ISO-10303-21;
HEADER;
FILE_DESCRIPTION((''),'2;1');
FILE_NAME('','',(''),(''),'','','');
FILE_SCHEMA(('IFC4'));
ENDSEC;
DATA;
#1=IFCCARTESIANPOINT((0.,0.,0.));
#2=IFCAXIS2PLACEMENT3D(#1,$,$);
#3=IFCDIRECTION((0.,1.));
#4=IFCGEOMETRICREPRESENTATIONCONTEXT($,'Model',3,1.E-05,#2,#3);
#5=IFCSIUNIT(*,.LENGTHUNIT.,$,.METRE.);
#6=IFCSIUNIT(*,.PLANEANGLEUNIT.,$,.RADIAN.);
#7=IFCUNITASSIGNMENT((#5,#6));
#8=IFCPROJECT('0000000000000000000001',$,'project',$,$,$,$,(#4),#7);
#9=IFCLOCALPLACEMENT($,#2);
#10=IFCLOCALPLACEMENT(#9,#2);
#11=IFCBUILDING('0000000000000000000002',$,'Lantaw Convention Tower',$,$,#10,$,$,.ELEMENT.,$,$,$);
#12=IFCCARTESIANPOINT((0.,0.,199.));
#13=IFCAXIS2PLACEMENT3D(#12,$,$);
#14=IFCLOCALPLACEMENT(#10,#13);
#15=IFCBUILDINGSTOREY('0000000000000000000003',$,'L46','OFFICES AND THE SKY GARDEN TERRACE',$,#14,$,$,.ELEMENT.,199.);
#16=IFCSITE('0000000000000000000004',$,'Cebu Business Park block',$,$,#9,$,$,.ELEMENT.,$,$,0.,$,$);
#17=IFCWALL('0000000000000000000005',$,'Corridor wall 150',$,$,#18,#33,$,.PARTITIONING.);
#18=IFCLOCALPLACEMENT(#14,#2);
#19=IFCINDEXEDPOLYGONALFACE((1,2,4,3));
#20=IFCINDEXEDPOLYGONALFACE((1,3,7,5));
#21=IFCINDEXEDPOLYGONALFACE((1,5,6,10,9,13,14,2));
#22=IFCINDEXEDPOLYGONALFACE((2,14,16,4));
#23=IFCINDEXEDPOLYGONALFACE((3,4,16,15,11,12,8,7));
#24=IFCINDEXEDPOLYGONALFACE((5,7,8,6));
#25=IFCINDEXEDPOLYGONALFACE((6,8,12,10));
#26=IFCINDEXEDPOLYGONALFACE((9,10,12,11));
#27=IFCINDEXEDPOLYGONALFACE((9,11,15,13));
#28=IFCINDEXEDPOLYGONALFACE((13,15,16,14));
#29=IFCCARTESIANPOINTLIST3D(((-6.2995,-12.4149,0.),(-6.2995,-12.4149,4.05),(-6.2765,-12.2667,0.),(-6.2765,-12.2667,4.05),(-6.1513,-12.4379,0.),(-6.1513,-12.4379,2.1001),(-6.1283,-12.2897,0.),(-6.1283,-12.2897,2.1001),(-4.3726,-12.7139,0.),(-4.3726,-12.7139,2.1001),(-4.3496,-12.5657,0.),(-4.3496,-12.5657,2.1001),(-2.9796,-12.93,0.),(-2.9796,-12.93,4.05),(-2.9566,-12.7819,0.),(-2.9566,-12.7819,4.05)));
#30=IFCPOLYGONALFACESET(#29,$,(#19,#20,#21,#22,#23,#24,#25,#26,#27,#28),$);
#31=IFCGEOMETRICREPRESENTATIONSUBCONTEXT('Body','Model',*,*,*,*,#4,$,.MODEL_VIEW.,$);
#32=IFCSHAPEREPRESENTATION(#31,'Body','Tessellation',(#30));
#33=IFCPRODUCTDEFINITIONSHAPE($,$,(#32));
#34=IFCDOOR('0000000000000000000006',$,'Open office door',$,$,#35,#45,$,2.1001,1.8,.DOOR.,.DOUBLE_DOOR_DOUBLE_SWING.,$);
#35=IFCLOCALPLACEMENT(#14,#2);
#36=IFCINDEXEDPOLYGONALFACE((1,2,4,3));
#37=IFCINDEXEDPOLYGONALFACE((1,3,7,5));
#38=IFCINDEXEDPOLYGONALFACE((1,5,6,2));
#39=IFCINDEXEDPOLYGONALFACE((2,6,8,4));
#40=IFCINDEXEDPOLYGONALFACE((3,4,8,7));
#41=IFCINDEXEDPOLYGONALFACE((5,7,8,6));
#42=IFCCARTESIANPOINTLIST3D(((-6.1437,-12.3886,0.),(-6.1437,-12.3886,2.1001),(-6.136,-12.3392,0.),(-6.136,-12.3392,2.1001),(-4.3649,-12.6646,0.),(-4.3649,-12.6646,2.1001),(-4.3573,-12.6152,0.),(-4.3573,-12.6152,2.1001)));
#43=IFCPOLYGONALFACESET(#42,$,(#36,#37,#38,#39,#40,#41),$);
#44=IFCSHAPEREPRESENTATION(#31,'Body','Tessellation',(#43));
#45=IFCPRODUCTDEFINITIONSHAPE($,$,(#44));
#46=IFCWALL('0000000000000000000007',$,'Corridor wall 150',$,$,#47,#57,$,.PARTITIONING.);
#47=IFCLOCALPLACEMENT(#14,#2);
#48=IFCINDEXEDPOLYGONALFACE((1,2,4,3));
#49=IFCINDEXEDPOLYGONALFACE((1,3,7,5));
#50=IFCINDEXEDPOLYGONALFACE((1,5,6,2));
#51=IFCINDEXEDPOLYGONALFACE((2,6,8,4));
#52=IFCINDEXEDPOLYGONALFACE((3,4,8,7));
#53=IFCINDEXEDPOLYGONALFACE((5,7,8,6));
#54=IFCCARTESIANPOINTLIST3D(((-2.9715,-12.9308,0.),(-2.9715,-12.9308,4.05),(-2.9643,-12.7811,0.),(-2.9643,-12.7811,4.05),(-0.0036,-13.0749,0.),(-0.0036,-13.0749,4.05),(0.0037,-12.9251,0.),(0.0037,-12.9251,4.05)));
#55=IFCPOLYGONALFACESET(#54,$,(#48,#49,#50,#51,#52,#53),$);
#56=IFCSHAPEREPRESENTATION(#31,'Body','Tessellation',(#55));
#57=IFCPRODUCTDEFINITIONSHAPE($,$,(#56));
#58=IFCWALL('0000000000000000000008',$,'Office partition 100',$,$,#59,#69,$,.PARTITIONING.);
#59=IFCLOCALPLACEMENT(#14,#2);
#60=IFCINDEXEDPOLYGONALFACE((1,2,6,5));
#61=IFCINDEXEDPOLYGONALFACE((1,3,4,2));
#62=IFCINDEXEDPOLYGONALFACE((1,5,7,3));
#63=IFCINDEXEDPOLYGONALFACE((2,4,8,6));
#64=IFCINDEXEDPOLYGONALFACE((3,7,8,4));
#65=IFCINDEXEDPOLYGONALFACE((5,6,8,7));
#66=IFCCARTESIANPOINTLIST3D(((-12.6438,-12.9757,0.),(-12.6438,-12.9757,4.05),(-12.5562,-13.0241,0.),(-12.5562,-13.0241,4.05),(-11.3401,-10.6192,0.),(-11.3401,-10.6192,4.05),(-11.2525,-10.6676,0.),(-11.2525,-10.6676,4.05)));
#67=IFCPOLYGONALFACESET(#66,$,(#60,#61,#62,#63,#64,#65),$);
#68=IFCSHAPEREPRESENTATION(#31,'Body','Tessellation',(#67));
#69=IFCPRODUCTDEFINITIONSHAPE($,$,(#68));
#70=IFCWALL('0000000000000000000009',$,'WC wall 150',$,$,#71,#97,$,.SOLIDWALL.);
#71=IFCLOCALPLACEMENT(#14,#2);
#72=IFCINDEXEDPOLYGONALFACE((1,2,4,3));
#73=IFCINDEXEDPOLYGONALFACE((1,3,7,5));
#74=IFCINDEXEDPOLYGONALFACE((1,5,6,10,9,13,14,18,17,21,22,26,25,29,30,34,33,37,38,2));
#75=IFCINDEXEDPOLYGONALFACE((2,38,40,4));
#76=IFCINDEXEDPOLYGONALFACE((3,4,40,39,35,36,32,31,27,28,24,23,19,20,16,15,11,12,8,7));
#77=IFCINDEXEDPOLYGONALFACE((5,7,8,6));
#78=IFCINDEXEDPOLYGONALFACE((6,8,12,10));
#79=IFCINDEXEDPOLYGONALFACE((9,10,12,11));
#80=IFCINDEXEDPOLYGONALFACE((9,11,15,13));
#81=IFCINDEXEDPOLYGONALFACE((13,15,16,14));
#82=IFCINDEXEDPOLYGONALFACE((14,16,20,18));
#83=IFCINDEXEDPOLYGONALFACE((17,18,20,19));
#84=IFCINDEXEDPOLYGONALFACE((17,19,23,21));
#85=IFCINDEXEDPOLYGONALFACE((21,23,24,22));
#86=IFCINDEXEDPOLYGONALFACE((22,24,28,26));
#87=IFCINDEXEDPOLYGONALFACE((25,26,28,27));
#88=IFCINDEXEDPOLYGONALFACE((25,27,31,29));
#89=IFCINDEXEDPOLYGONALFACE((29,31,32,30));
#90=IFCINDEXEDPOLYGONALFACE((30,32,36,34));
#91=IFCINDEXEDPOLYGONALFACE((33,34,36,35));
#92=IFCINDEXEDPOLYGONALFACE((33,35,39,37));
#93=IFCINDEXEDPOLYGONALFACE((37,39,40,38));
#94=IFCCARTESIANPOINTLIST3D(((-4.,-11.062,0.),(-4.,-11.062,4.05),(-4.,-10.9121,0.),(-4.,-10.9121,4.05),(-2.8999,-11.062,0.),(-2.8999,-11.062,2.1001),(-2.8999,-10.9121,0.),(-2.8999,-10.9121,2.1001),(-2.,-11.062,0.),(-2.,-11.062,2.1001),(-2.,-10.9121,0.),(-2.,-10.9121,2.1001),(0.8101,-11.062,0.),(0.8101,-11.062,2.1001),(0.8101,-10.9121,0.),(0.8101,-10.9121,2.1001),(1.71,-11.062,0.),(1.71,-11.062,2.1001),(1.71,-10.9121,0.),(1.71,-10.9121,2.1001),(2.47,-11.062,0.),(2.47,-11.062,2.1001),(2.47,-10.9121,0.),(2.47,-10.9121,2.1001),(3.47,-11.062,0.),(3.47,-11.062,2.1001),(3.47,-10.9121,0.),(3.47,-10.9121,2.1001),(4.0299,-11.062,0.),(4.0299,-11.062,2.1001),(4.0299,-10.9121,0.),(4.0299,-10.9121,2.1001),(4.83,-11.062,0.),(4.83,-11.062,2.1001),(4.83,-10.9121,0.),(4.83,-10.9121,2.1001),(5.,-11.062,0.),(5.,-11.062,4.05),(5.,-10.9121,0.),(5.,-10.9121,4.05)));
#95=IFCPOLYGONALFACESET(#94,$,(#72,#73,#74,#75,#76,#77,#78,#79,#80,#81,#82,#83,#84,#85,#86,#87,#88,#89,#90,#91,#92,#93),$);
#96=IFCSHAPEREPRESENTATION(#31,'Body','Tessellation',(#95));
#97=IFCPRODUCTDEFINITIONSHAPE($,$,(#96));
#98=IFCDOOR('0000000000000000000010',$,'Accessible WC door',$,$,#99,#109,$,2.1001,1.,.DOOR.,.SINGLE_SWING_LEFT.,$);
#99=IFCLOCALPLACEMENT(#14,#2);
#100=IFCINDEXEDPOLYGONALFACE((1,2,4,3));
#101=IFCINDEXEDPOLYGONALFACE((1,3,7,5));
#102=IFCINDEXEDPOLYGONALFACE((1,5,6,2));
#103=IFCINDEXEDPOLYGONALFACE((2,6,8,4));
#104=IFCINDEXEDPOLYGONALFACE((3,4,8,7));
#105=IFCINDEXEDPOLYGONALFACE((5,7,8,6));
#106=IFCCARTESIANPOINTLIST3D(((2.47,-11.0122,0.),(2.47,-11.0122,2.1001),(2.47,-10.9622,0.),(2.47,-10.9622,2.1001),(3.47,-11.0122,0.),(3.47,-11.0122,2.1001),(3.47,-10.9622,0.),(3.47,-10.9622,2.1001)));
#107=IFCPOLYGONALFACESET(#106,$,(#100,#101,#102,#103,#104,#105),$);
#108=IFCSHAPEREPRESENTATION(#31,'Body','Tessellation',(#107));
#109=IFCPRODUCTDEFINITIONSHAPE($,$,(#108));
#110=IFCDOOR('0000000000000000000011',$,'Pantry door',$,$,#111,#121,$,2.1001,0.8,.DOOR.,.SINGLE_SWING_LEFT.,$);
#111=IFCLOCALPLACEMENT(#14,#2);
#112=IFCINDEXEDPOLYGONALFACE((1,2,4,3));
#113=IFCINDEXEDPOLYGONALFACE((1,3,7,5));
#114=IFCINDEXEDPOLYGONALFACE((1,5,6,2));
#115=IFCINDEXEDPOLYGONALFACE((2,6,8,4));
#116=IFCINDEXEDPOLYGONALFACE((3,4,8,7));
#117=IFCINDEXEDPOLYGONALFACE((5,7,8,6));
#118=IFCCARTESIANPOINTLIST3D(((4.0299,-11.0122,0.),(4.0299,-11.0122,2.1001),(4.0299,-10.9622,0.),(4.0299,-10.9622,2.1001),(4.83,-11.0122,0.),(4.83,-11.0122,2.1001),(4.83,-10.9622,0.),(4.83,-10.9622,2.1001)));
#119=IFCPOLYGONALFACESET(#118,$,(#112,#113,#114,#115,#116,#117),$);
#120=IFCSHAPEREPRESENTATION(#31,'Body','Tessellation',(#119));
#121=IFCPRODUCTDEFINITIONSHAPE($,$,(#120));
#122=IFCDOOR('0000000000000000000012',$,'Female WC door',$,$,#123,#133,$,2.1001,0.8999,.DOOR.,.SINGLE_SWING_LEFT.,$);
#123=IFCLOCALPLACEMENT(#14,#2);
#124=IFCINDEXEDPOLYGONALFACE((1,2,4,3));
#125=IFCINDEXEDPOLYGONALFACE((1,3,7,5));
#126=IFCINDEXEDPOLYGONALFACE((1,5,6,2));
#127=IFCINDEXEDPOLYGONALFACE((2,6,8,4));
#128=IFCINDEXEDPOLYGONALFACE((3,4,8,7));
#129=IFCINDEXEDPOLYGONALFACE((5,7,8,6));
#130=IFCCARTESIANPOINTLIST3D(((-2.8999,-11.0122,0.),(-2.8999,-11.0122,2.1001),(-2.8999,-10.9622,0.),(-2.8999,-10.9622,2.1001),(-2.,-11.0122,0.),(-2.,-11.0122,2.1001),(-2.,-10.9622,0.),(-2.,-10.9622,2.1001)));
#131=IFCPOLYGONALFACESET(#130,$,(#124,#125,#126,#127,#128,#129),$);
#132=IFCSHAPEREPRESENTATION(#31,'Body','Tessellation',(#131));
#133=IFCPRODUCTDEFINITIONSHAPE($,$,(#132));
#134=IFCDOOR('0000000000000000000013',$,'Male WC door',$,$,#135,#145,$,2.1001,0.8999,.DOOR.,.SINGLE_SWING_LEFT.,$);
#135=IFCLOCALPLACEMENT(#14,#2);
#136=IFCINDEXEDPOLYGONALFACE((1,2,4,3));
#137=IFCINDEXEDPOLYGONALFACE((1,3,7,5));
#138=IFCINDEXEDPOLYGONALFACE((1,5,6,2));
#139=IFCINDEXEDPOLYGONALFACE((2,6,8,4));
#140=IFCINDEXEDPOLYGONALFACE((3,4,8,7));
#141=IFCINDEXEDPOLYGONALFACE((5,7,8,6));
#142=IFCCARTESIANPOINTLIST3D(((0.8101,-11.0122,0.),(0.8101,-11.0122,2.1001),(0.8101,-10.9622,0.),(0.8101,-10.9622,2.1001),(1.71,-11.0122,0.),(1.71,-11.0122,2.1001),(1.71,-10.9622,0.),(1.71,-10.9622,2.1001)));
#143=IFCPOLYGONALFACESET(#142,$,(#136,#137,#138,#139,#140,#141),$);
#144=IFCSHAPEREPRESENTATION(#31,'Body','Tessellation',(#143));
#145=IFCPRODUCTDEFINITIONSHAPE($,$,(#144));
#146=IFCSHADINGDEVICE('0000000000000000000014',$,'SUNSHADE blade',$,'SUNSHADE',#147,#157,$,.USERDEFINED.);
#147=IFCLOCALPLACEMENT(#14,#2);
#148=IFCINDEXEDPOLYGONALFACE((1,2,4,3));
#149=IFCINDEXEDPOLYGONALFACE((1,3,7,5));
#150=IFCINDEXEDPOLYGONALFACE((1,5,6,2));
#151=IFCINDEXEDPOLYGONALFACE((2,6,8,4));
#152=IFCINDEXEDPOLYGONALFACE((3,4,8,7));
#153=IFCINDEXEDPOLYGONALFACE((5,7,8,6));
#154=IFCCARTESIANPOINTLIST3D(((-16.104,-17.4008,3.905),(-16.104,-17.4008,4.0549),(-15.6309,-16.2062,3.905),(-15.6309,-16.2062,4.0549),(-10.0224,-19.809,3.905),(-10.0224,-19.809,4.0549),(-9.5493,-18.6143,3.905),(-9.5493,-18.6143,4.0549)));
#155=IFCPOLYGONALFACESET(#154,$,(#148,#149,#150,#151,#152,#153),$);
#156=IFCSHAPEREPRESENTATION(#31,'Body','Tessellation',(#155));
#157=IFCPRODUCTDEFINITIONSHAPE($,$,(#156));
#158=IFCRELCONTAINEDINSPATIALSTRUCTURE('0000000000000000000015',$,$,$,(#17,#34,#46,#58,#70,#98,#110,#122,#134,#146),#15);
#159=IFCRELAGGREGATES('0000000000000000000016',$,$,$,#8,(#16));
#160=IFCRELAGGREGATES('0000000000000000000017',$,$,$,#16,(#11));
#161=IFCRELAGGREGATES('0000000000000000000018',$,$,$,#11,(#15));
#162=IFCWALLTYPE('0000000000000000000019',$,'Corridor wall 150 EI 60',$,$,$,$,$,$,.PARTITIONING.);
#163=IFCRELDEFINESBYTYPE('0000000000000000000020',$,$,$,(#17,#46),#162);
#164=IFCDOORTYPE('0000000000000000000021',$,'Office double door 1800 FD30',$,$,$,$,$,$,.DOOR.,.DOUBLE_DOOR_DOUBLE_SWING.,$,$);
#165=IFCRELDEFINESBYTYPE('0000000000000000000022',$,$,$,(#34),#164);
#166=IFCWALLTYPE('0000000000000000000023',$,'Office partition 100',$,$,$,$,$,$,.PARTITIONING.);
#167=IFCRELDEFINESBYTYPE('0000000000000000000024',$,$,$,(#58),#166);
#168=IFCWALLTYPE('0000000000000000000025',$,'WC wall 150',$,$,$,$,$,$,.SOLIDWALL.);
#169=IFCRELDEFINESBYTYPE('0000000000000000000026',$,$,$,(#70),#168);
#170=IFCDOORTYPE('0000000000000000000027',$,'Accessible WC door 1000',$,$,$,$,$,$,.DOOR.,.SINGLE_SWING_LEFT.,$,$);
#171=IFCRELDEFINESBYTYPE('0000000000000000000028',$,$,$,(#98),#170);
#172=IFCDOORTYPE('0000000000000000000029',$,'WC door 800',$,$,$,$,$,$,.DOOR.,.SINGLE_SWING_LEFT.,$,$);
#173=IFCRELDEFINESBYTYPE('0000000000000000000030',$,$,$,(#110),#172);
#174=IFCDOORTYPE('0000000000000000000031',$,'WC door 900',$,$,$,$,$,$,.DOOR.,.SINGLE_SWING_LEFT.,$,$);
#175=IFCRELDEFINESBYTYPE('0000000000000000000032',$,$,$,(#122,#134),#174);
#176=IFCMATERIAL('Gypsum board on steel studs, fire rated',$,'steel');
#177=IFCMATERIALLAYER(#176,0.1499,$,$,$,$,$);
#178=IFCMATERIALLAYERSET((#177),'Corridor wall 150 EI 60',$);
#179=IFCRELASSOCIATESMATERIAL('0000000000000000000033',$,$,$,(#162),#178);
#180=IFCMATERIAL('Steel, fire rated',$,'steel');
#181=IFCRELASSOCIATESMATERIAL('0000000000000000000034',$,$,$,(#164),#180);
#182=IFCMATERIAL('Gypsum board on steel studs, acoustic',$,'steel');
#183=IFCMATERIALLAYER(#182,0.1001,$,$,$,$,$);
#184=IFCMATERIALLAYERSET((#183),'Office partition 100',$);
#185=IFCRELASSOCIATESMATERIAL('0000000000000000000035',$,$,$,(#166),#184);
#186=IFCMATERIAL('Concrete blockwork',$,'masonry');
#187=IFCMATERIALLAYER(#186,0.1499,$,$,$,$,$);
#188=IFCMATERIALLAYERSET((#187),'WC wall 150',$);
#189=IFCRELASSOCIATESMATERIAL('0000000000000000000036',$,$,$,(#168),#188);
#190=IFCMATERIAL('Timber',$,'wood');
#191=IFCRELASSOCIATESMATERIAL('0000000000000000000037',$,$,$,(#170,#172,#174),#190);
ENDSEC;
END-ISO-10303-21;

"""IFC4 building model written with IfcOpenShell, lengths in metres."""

from ifc_helpers import new_model, si_unit, direction, frame, frame_2d, origin, origin_2d, place, context, subcontext, project, spatial, rectangle, extrude, material, layer, layer_set, type_object, element, fill, save


model = new_model("IFC4")

# Units and contexts
model_context = context("Model", 3, precision=1e-05, world=origin(), true_north=direction((0.0, 1.0)))
body_context = subcontext(model_context, "Body", "Model", "MODEL_VIEW")
ifc_project = project(units=[si_unit("LENGTHUNIT", "METRE"), si_unit("PLANEANGLEUNIT", "RADIAN")], contexts=[model_context])

# Site, building, storey
site_placement = place(None, origin())
site = spatial("IfcSite", under=ifc_project, at=site_placement, Name="Cebu Business Park block", CompositionType="ELEMENT", RefElevation=0.0)
building_placement = place(site_placement, origin())
building = spatial("IfcBuilding", under=site, at=building_placement, Name="Lantaw Convention Tower", CompositionType="ELEMENT")
storey_placement = place(building_placement, frame((0.0, 0.0, 199.0)))
storey = spatial("IfcBuildingStorey", under=building, at=storey_placement, Name="L46", Description="OFFICES AND THE SKY GARDEN TERRACE", CompositionType="ELEMENT", Elevation=199.0)

# Shared definitions
ifc_material_1 = material(Name="Gypsum board on steel studs, fire rated", Category="steel")
ifc_layer_1 = layer(ifc_material_1, 0.1499)
ifc_layer_set_1 = layer_set([ifc_layer_1], Name="Corridor wall 150 EI 60")
wall_type_1 = type_object("IfcWallType", Name="Corridor wall 150 EI 60", PredefinedType="PARTITIONING", material=ifc_layer_set_1)

# Wall, opening, door
wall_1_placement = place(storey_placement, frame((-6.2878, -12.3408, 0.0), z_axis=(0.0, 0.0, 1.0), x_axis=(0.988174, -0.153335, 0.0)))
wall_1 = element("IfcWall", 1, at=wall_1_placement, inside=storey, type_object=wall_type_1, Name="Corridor wall 150", PredefinedType="PARTITIONING", context=body_context, shape_type="SweptSolid", body=[
    extrude(rectangle(XDim=3.3596, YDim=0.1499, at=frame_2d((1.6797, 0.0))), origin(), (0.0, 0.0, 1.0), 4.05),
])
opening_1_placement = place(wall_1_placement, frame((0.1499, 0.0, 0.0)))
opening_1 = element("IfcOpeningElement", 2, at=opening_1_placement, cuts=wall_1, PredefinedType="OPENING", context=body_context, shape_type="SweptSolid", body=[
    extrude(rectangle(XDim=1.8, YDim=2.1001, at=frame_2d((0.8999, 1.05))), frame((0.0, 0.085, 0.0), z_axis=(0.0, -1.0, 0.0), x_axis=(1.0, 0.0, 0.0)), (0.0, 0.0, 1.0), 0.1699),
])
ifc_material_2 = material(Name="Steel, fire rated", Category="steel")
door_type_1 = type_object("IfcDoorType", Name="Office double door 1800 FD30", OperationType="DOUBLE_DOOR_DOUBLE_SWING", PredefinedType="DOOR", material=ifc_material_2)
door_1_placement = place(opening_1_placement, origin())
door_1 = element("IfcDoor", 3, at=door_1_placement, inside=storey, type_object=door_type_1, Name="Open office door", OperationType="DOUBLE_DOOR_DOUBLE_SWING", OverallHeight=2.1001, OverallWidth=1.8, PredefinedType="DOOR", context=body_context, shape_type="SweptSolid", body=[
    extrude(rectangle(XDim=1.8, YDim=2.1001, at=frame_2d((0.8999, 1.05))), frame((0.0, 0.0249, 0.0), z_axis=(0.0, -1.0, 0.0), x_axis=(1.0, 0.0, 0.0)), (0.0, 0.0, 1.0), 0.05),
])
fill(opening_1, door_1)

# Walls
wall_2_placement = place(storey_placement, frame((-2.968, -12.856, 0.0), z_axis=(0.0, 0.0, 1.0), x_axis=(0.998824, -0.048475, 0.0)))
element("IfcWall", 4, at=wall_2_placement, inside=storey, type_object=wall_type_1, Name="Corridor wall 150", PredefinedType="PARTITIONING", context=body_context, shape_type="SweptSolid", body=[
    extrude(rectangle(XDim=2.9714, YDim=0.1499, at=frame_2d((1.4858, 0.0))), origin(), (0.0, 0.0, 1.0), 4.05),
])
ifc_material_3 = material(Name="Gypsum board on steel studs, acoustic", Category="steel")
ifc_layer_2 = layer(ifc_material_3, 0.1001)
ifc_layer_set_2 = layer_set([ifc_layer_2], Name="Office partition 100")
wall_type_2 = type_object("IfcWallType", Name="Office partition 100", PredefinedType="PARTITIONING", material=ifc_layer_set_2)
wall_3_placement = place(storey_placement, frame((-12.6001, -13.0, 0.0), z_axis=(0.0, 0.0, 1.0), x_axis=(0.484103, 0.875011, 0.0)))
element("IfcWall", 5, at=wall_3_placement, inside=storey, type_object=wall_type_2, Name="Office partition 100", PredefinedType="PARTITIONING", context=body_context, shape_type="SweptSolid", body=[
    extrude(rectangle(XDim=2.6931, YDim=0.1001, at=frame_2d((1.3467, 0.0))), origin(), (0.0, 0.0, 1.0), 4.05),
])

# Wall, openings, doors
ifc_material_4 = material(Name="Concrete blockwork", Category="masonry")
ifc_layer_3 = layer(ifc_material_4, 0.1499)
ifc_layer_set_3 = layer_set([ifc_layer_3], Name="WC wall 150")
wall_type_3 = type_object("IfcWallType", Name="WC wall 150", PredefinedType="SOLIDWALL", material=ifc_layer_set_3)
wall_4_placement = place(storey_placement, frame((-4.0, -10.9871, 0.0), z_axis=(0.0, 0.0, 1.0), x_axis=(1.0, 0.0, 0.0)))
wall_4 = element("IfcWall", 6, at=wall_4_placement, inside=storey, type_object=wall_type_3, Name="WC wall 150", PredefinedType="SOLIDWALL", context=body_context, shape_type="SweptSolid", body=[
    extrude(rectangle(XDim=9.0, YDim=0.1499, at=frame_2d((4.5, 0.0))), origin(), (0.0, 0.0, 1.0), 4.05),
])
opening_2_placement = place(wall_4_placement, frame((1.1001, 0.0, 0.0)))
opening_2 = element("IfcOpeningElement", 7, at=opening_2_placement, cuts=wall_4, PredefinedType="OPENING", context=body_context, shape_type="SweptSolid", body=[
    extrude(rectangle(XDim=0.8999, YDim=2.1001, at=frame_2d((0.45, 1.05))), frame((0.0, 0.085, 0.0), z_axis=(0.0, -1.0, 0.0), x_axis=(1.0, 0.0, 0.0)), (0.0, 0.0, 1.0), 0.1699),
])
opening_3_placement = place(wall_4_placement, frame((4.8101, 0.0, 0.0)))
opening_3 = element("IfcOpeningElement", 8, at=opening_3_placement, cuts=wall_4, PredefinedType="OPENING", context=body_context, shape_type="SweptSolid", body=[
    extrude(rectangle(XDim=0.8999, YDim=2.1001, at=frame_2d((0.45, 1.05))), frame((0.0, 0.085, 0.0), z_axis=(0.0, -1.0, 0.0), x_axis=(1.0, 0.0, 0.0)), (0.0, 0.0, 1.0), 0.1699),
])
opening_4_placement = place(wall_4_placement, frame((6.47, 0.0, 0.0)))
opening_4 = element("IfcOpeningElement", 9, at=opening_4_placement, cuts=wall_4, PredefinedType="OPENING", context=body_context, shape_type="SweptSolid", body=[
    extrude(rectangle(XDim=1.0, YDim=2.1001, at=frame_2d((0.5, 1.05))), frame((0.0, 0.085, 0.0), z_axis=(0.0, -1.0, 0.0), x_axis=(1.0, 0.0, 0.0)), (0.0, 0.0, 1.0), 0.1699),
])
opening_5_placement = place(wall_4_placement, frame((8.03, 0.0, 0.0)))
opening_5 = element("IfcOpeningElement", 10, at=opening_5_placement, cuts=wall_4, PredefinedType="OPENING", context=body_context, shape_type="SweptSolid", body=[
    extrude(rectangle(XDim=0.8, YDim=2.1001, at=frame_2d((0.3999, 1.05))), frame((0.0, 0.085, 0.0), z_axis=(0.0, -1.0, 0.0), x_axis=(1.0, 0.0, 0.0)), (0.0, 0.0, 1.0), 0.1699),
])
ifc_material_5 = material(Name="Timber", Category="wood")
door_type_2 = type_object("IfcDoorType", Name="Accessible WC door 1000", OperationType="SINGLE_SWING_LEFT", PredefinedType="DOOR", material=ifc_material_5)
door_2_placement = place(opening_4_placement, origin())
door_2 = element("IfcDoor", 11, at=door_2_placement, inside=storey, type_object=door_type_2, Name="Accessible WC door", OperationType="SINGLE_SWING_LEFT", OverallHeight=2.1001, OverallWidth=1.0, PredefinedType="DOOR", context=body_context, shape_type="SweptSolid", body=[
    extrude(rectangle(XDim=1.0, YDim=2.1001, at=frame_2d((0.5, 1.05))), frame((0.0, 0.0249, 0.0), z_axis=(0.0, -1.0, 0.0), x_axis=(1.0, 0.0, 0.0)), (0.0, 0.0, 1.0), 0.05),
])
fill(opening_4, door_2)
door_type_3 = type_object("IfcDoorType", Name="WC door 800", OperationType="SINGLE_SWING_LEFT", PredefinedType="DOOR", material=ifc_material_5)
door_3_placement = place(opening_5_placement, origin())
door_3 = element("IfcDoor", 12, at=door_3_placement, inside=storey, type_object=door_type_3, Name="Pantry door", OperationType="SINGLE_SWING_LEFT", OverallHeight=2.1001, OverallWidth=0.8, PredefinedType="DOOR", context=body_context, shape_type="SweptSolid", body=[
    extrude(rectangle(XDim=0.8, YDim=2.1001, at=frame_2d((0.3999, 1.05))), frame((0.0, 0.0249, 0.0), z_axis=(0.0, -1.0, 0.0), x_axis=(1.0, 0.0, 0.0)), (0.0, 0.0, 1.0), 0.05),
])
fill(opening_5, door_3)
door_type_4 = type_object("IfcDoorType", Name="WC door 900", OperationType="SINGLE_SWING_LEFT", PredefinedType="DOOR", material=ifc_material_5)
door_4_placement = place(opening_2_placement, origin())
door_4 = element("IfcDoor", 13, at=door_4_placement, inside=storey, type_object=door_type_4, Name="Female WC door", OperationType="SINGLE_SWING_LEFT", OverallHeight=2.1001, OverallWidth=0.8999, PredefinedType="DOOR", context=body_context, shape_type="SweptSolid", body=[
    extrude(rectangle(XDim=0.8999, YDim=2.1001, at=frame_2d((0.45, 1.05))), frame((0.0, 0.0249, 0.0), z_axis=(0.0, -1.0, 0.0), x_axis=(1.0, 0.0, 0.0)), (0.0, 0.0, 1.0), 0.05),
])
fill(opening_2, door_4)
door_5_placement = place(opening_3_placement, origin())
door_5 = element("IfcDoor", 14, at=door_5_placement, inside=storey, type_object=door_type_4, Name="Male WC door", OperationType="SINGLE_SWING_LEFT", OverallHeight=2.1001, OverallWidth=0.8999, PredefinedType="DOOR", context=body_context, shape_type="SweptSolid", body=[
    extrude(rectangle(XDim=0.8999, YDim=2.1001, at=frame_2d((0.45, 1.05))), frame((0.0, 0.0249, 0.0), z_axis=(0.0, -1.0, 0.0), x_axis=(1.0, 0.0, 0.0)), (0.0, 0.0, 1.0), 0.05),
])
fill(opening_3, door_5)

# Shading device
shading_device_placement = place(storey_placement, frame((-12.8267, -18.0076, 3.905), z_axis=(0.0, 0.0, 1.0), x_axis=(0.929762, -0.368162, 0.0)))
element("IfcShadingDevice", 15, at=shading_device_placement, inside=storey, Name="SUNSHADE blade", ObjectType="SUNSHADE", PredefinedType="USERDEFINED", context=body_context, shape_type="SweptSolid", body=[
    extrude(rectangle(XDim=6.541, YDim=1.2849, at=origin_2d()), origin(), (0.0, 0.0, 1.0), 0.1499),
])

save(model, "model.ifc")
